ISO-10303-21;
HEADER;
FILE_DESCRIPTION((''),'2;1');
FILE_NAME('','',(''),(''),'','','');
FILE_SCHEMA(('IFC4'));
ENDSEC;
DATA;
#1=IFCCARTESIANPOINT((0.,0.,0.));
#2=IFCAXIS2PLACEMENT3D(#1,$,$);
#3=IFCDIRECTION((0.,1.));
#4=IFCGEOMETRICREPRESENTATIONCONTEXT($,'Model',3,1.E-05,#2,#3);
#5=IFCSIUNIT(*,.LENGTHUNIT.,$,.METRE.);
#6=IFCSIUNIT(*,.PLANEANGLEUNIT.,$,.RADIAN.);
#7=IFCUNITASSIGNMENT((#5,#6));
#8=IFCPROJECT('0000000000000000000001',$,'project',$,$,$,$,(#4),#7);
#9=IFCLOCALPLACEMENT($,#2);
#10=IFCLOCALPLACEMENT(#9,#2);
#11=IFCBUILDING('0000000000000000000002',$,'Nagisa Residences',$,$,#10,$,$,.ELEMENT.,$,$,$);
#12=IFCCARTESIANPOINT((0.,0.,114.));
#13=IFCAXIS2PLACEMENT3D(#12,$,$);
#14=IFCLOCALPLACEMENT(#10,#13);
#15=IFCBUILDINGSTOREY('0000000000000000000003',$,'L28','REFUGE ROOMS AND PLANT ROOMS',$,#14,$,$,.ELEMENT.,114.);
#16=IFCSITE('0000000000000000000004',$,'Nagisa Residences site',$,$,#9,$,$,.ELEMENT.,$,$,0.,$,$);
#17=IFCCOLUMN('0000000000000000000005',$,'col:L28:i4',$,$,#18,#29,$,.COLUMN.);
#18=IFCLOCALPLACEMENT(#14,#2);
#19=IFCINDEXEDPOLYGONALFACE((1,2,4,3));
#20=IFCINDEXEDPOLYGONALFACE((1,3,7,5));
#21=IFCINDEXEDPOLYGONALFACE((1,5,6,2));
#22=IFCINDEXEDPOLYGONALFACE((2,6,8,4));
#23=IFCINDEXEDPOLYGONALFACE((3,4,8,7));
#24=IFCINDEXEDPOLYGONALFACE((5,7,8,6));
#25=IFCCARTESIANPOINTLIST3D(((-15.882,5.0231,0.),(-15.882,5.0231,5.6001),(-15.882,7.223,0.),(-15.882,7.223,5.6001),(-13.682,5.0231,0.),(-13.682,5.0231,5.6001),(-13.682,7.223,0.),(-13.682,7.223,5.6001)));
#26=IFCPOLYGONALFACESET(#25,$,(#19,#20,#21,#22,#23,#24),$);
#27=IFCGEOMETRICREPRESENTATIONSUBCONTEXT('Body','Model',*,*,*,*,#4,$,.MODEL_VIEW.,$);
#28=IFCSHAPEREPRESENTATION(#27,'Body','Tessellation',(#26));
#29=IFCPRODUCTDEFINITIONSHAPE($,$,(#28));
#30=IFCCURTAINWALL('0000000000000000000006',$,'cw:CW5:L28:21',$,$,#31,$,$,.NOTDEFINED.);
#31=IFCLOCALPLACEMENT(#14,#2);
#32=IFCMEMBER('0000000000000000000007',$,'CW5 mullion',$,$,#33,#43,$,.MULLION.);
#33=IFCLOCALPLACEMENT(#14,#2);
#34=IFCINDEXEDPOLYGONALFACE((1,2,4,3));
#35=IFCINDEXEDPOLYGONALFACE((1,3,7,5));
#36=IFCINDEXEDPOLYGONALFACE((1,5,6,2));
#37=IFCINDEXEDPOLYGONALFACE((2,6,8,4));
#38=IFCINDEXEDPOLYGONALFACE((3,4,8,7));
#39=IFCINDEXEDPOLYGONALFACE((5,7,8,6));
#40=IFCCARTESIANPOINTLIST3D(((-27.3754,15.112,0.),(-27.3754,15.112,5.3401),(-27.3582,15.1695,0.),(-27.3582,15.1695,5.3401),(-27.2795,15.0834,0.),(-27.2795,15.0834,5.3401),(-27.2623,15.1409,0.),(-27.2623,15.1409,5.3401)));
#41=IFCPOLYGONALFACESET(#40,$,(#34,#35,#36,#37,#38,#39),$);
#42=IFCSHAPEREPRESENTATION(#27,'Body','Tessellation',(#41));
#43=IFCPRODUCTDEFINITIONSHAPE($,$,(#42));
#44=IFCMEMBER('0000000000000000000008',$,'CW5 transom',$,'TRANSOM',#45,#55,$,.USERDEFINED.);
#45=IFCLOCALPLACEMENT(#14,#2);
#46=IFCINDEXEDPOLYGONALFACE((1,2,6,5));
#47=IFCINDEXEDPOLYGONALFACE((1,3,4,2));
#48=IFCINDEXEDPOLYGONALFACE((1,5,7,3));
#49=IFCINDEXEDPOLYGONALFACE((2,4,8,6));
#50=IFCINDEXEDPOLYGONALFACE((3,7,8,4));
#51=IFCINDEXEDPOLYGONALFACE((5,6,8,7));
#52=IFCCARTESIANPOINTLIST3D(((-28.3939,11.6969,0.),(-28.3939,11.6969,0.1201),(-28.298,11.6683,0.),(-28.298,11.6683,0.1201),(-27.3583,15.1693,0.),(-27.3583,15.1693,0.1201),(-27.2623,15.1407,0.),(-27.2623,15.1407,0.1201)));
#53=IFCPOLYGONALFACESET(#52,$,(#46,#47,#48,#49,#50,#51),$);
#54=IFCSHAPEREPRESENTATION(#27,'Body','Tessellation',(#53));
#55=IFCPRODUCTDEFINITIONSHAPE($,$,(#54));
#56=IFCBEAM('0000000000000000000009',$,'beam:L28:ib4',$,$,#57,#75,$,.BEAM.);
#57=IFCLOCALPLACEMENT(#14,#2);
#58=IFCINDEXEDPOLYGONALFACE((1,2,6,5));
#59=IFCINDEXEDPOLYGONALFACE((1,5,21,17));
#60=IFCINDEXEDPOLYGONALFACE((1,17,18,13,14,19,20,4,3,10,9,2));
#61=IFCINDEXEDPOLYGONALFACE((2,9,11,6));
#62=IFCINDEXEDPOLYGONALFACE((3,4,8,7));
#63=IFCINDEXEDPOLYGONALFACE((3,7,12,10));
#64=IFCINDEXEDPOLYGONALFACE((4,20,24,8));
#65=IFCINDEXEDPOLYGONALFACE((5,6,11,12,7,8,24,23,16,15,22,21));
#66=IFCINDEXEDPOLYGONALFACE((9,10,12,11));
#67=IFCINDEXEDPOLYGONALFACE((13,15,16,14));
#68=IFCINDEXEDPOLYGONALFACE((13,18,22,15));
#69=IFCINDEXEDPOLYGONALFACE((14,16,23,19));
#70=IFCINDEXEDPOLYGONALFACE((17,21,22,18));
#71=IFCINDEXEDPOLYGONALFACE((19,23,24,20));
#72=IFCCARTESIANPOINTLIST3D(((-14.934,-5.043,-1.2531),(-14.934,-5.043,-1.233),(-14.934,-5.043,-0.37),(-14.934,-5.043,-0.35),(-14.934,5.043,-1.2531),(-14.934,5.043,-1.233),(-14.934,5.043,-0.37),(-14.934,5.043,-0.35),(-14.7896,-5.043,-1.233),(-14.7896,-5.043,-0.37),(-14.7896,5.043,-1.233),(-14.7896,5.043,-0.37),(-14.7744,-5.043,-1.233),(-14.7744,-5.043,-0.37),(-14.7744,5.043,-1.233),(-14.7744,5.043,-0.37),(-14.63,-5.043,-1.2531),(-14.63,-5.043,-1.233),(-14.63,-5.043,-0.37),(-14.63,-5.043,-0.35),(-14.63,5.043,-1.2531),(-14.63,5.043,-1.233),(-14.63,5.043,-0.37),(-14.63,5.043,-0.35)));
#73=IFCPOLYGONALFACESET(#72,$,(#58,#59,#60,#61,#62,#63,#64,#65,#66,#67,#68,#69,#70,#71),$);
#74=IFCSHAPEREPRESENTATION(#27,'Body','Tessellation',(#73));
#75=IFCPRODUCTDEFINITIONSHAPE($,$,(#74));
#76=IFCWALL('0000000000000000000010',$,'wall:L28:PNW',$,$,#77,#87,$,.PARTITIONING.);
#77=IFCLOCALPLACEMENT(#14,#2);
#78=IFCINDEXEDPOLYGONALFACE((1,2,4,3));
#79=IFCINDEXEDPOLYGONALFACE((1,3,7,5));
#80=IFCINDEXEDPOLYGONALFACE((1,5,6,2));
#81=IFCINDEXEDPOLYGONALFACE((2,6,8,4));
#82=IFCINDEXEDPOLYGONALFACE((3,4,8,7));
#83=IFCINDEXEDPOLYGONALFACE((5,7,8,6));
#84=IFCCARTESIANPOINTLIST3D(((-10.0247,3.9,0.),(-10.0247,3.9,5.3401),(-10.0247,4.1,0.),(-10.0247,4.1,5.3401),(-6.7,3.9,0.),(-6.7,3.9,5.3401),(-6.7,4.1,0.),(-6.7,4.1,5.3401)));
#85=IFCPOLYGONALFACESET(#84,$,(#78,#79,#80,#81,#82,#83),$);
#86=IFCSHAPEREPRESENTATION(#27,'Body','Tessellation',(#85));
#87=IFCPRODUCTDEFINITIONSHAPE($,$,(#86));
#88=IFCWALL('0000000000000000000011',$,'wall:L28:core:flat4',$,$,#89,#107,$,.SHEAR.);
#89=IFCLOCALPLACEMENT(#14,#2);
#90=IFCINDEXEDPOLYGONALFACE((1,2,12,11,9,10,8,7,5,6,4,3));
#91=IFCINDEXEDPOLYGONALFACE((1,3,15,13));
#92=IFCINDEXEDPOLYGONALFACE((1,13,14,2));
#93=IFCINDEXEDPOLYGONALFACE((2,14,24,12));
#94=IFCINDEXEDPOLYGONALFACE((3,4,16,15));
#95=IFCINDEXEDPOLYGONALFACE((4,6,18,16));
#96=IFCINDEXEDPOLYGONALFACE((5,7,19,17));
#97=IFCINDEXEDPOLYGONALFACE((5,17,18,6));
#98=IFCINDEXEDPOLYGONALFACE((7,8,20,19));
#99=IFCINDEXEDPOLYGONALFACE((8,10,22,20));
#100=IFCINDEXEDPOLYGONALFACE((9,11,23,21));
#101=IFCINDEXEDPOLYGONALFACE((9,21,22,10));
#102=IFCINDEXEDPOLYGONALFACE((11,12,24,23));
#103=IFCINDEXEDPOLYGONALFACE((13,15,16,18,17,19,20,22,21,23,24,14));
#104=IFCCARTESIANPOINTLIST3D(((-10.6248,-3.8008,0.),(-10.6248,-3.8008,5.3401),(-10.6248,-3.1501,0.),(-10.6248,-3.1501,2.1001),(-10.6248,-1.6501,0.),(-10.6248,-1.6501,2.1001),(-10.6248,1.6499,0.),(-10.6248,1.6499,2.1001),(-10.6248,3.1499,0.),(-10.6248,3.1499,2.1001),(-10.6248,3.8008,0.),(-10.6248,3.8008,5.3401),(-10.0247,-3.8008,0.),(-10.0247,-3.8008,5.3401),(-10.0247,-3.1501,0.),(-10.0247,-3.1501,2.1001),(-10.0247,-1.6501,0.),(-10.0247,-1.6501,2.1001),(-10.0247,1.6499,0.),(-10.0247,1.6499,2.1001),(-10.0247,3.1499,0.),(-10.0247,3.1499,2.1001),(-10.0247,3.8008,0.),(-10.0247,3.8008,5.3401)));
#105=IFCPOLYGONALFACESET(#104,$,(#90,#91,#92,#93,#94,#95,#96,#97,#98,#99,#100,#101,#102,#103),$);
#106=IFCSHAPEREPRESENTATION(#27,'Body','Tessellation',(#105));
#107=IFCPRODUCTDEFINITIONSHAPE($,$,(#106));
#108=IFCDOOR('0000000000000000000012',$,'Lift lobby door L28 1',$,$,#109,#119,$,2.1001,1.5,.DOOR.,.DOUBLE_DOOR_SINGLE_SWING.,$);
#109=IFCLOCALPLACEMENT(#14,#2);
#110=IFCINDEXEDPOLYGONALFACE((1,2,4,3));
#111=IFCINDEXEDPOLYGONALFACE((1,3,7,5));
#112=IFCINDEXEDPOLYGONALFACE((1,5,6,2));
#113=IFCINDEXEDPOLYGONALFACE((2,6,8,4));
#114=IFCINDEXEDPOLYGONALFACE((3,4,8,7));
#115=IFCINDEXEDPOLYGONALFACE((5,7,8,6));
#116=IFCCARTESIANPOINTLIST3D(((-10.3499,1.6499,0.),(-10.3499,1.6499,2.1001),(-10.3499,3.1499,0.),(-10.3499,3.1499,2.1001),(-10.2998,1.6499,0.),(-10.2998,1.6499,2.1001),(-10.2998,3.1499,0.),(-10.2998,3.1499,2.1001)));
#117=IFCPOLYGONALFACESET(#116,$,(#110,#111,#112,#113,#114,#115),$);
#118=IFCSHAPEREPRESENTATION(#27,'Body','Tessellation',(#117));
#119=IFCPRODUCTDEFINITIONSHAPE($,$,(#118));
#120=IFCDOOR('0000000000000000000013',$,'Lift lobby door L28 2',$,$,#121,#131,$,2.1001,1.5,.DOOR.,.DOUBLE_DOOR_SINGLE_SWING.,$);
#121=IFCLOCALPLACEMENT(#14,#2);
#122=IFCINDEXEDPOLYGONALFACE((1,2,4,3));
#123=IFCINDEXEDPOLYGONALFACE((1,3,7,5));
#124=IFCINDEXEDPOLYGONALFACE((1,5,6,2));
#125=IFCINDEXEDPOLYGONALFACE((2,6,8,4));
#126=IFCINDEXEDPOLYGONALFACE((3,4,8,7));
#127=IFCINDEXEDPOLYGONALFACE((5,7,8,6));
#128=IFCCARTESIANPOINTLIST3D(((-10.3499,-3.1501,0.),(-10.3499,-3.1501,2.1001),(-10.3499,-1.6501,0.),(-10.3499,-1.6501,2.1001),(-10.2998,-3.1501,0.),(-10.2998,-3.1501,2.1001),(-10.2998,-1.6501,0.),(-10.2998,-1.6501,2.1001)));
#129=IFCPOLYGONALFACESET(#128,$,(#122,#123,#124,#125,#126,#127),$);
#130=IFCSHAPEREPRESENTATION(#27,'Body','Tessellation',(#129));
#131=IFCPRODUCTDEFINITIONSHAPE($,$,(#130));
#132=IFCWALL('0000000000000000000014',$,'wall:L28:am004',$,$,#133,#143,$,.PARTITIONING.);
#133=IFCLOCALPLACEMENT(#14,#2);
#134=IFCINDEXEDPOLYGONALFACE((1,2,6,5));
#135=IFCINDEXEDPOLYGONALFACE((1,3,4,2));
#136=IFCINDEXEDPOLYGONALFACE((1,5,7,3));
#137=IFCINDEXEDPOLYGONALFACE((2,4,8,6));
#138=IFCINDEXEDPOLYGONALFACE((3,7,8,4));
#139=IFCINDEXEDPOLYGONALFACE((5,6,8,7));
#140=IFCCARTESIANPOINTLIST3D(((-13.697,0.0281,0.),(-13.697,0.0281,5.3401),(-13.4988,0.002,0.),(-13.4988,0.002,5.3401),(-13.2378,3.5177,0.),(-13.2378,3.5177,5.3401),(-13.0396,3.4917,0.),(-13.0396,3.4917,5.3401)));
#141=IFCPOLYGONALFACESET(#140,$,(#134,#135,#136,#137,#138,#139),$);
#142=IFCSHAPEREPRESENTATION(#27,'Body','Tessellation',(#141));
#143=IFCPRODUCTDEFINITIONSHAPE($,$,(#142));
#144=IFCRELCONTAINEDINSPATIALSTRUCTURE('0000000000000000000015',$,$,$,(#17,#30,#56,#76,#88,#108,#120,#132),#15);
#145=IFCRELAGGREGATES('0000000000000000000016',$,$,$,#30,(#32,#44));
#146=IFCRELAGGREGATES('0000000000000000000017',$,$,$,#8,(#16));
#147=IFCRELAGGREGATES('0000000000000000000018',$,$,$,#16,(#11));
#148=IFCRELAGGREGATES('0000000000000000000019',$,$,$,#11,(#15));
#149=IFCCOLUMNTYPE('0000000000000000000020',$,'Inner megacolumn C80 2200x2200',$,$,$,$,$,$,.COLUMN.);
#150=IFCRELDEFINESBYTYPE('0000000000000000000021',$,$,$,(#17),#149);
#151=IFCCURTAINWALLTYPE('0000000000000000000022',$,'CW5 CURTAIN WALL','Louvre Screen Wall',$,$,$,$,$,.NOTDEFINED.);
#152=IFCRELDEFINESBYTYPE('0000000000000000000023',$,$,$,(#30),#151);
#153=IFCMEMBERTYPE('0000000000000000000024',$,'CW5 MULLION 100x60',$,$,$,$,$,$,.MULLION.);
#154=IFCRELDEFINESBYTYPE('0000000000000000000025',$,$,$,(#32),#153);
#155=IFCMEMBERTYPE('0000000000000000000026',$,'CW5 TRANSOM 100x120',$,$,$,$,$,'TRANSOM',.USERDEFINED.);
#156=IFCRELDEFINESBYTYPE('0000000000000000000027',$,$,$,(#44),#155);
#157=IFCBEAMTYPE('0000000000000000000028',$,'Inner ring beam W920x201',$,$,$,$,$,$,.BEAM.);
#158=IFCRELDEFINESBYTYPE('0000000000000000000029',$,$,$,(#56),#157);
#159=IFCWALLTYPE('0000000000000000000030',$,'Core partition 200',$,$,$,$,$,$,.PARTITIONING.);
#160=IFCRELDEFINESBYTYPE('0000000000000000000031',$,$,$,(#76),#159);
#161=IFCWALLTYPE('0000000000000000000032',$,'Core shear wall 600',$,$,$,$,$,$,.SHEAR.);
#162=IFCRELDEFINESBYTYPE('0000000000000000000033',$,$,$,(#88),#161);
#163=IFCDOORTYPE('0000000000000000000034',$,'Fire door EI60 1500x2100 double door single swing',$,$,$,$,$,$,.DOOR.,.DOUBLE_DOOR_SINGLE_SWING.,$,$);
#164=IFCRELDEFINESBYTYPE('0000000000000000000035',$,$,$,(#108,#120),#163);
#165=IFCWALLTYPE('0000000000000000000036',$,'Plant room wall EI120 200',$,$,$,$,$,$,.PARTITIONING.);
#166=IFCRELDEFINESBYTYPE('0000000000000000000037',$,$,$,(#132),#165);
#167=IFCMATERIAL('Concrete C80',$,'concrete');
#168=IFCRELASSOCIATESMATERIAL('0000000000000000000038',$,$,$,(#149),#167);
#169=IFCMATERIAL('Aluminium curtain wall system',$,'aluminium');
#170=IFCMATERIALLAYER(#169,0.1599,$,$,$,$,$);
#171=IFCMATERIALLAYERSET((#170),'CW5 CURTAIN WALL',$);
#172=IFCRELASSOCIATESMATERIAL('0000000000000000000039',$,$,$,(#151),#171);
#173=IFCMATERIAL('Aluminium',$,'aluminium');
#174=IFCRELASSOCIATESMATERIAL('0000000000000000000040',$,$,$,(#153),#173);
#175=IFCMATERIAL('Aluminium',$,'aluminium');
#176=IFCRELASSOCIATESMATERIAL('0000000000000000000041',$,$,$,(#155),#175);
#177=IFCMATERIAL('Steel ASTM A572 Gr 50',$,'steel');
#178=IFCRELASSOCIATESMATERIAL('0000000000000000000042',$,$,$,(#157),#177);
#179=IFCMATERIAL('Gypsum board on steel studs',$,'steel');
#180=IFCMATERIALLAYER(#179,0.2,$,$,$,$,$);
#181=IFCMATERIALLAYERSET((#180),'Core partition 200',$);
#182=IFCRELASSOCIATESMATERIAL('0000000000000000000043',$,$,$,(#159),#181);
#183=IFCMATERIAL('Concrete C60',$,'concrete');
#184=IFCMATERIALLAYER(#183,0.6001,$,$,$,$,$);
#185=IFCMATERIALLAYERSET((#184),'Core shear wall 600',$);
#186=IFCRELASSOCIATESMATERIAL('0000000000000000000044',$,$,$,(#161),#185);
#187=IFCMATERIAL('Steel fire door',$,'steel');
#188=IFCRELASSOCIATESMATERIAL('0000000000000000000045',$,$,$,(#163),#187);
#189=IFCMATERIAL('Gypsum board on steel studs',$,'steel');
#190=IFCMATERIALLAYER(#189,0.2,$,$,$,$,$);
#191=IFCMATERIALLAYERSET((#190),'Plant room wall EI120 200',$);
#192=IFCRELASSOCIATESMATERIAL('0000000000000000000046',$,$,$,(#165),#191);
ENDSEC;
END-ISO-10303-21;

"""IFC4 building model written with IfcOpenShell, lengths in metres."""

from ifc_helpers import new_model, si_unit, direction, frame, frame_2d, origin, origin_2d, place, context, subcontext, project, spatial, rectangle, i_section, extrude, material, layer, layer_set, material_profile, profile_set, type_object, element, fill, aggregate, save


model = new_model("IFC4")

# Units and contexts
model_context = context("Model", 3, precision=1e-05, world=origin(), true_north=direction((0.0, 1.0)))
body_context = subcontext(model_context, "Body", "Model", "MODEL_VIEW")
ifc_project = project(units=[si_unit("LENGTHUNIT", "METRE"), si_unit("PLANEANGLEUNIT", "RADIAN")], contexts=[model_context])

# Site, building, storey
site_placement = place(None, origin())
site = spatial("IfcSite", under=ifc_project, at=site_placement, Name="Nagisa Residences site", CompositionType="ELEMENT", RefElevation=0.0)
building_placement = place(site_placement, origin())
building = spatial("IfcBuilding", under=site, at=building_placement, Name="Nagisa Residences", CompositionType="ELEMENT")
storey_placement = place(building_placement, frame((0.0, 0.0, 114.0)))
storey = spatial("IfcBuildingStorey", under=building, at=storey_placement, Name="L28", Description="REFUGE ROOMS AND PLANT ROOMS", CompositionType="ELEMENT", Elevation=114.0)

# Column
ifc_material_1 = material(Name="Concrete C80", Category="concrete")
ifc_material_profile_1 = material_profile(ifc_material_1, rectangle(XDim=2.2, YDim=2.2, at=origin_2d()), Name="C80 2200x2200")
ifc_profile_set_1 = profile_set([ifc_material_profile_1], Name="Concrete C80")
column_type = type_object("IfcColumnType", Name="Inner megacolumn C80 2200x2200", PredefinedType="COLUMN", material=ifc_profile_set_1)
column_placement = place(storey_placement, frame((-14.782, 6.123, 0.0), z_axis=(0.0, 0.0, 1.0), x_axis=(1.0, 0.0, 0.0)))
element("IfcColumn", 1, at=column_placement, inside=storey, type_object=column_type, Name="col:L28:i4", PredefinedType="COLUMN", context=body_context, shape_type="SweptSolid", body=[
    extrude(rectangle(XDim=2.2, YDim=2.2, at=origin_2d()), origin(), (0.0, 0.0, 1.0), 5.6001),
])

# Curtain wall, members
ifc_material_2 = material(Name="Aluminium curtain wall system", Category="aluminium")
ifc_layer_1 = layer(ifc_material_2, 0.1599)
ifc_layer_set_1 = layer_set([ifc_layer_1], Name="CW5 CURTAIN WALL")
curtain_wall_type = type_object("IfcCurtainWallType", Name="CW5 CURTAIN WALL", Description="Louvre Screen Wall", PredefinedType="NOTDEFINED", material=ifc_layer_set_1)
curtain_wall_placement = place(storey_placement, origin())
curtain_wall = element("IfcCurtainWall", 2, at=curtain_wall_placement, inside=storey, type_object=curtain_wall_type, Name="cw:CW5:L28:21", PredefinedType="NOTDEFINED")
ifc_material_3 = material(Name="Aluminium", Category="aluminium")
ifc_material_profile_2 = material_profile(ifc_material_3, rectangle(XDim=0.1001, YDim=0.0601, at=origin_2d()), Name="CW5 MULLION 100x60")
ifc_profile_set_2 = profile_set([ifc_material_profile_2], Name="Aluminium")
member_type_1 = type_object("IfcMemberType", Name="CW5 MULLION 100x60", PredefinedType="MULLION", material=ifc_profile_set_2)
member_1_placement = place(storey_placement, frame((-27.3188, 15.1265, 0.0), z_axis=(0.0, 0.0, 1.0), x_axis=(0.958271, -0.28586, 0.0)))
member_1 = element("IfcMember", 3, at=member_1_placement, type_object=member_type_1, Name="CW5 mullion", PredefinedType="MULLION", context=body_context, shape_type="SweptSolid", body=[
    extrude(rectangle(XDim=0.1001, YDim=0.0601, at=origin_2d()), origin(), (0.0, 0.0, 1.0), 5.3401),
])
ifc_material_4 = material(Name="Aluminium", Category="aluminium")
ifc_material_profile_3 = material_profile(ifc_material_4, rectangle(XDim=0.1001, YDim=0.1201, at=origin_2d()), Name="CW5 TRANSOM 100x120")
ifc_profile_set_3 = profile_set([ifc_material_profile_3], Name="Aluminium")
member_type_2 = type_object("IfcMemberType", Name="CW5 TRANSOM 100x120", ElementType="TRANSOM", PredefinedType="USERDEFINED", material=ifc_profile_set_3)
member_2_placement = place(storey_placement, frame((-27.3103, 15.155, 0.0601), z_axis=(-0.285808, -0.958287, 0.0), x_axis=(0.958287, -0.285808, 0.0)))
member_2 = element("IfcMember", 4, at=member_2_placement, type_object=member_type_2, Name="CW5 transom", ObjectType="TRANSOM", PredefinedType="USERDEFINED", context=body_context, shape_type="SweptSolid", body=[
    extrude(rectangle(XDim=0.1001, YDim=0.1201, at=origin_2d()), origin(), (0.0, 0.0, 1.0), 3.6235),
])
aggregate(curtain_wall, [member_1, member_2])

# Beam
ifc_material_5 = material(Name="Steel ASTM A572 Gr 50", Category="steel")
ifc_material_profile_4 = material_profile(ifc_material_5, i_section(OverallWidth=0.304, OverallDepth=0.9031, WebThickness=0.0151, FlangeThickness=0.02, at=origin_2d()), Name="W920x201")
ifc_profile_set_4 = profile_set([ifc_material_profile_4], Name="Steel ASTM A572 Gr 50")
beam_type = type_object("IfcBeamType", Name="Inner ring beam W920x201", PredefinedType="BEAM", material=ifc_profile_set_4)
beam_placement = place(storey_placement, frame((-14.782, 5.043, -0.8015), z_axis=(0.0, -1.0, 0.0), x_axis=(1.0, 0.0, 0.0)))
element("IfcBeam", 5, at=beam_placement, inside=storey, type_object=beam_type, Name="beam:L28:ib4", PredefinedType="BEAM", context=body_context, shape_type="SweptSolid", body=[
    extrude(i_section(OverallWidth=0.304, OverallDepth=0.9031, WebThickness=0.0151, FlangeThickness=0.02, at=origin_2d()), origin(), (0.0, 0.0, 1.0), 10.0859),
])

# Wall
ifc_material_6 = material(Name="Gypsum board on steel studs", Category="steel")
ifc_layer_2 = layer(ifc_material_6, 0.2)
ifc_layer_set_2 = layer_set([ifc_layer_2], Name="Core partition 200")
wall_type_1 = type_object("IfcWallType", Name="Core partition 200", PredefinedType="PARTITIONING", material=ifc_layer_set_2)
wall_1_placement = place(storey_placement, frame((-10.0247, 4.0, 0.0), z_axis=(0.0, 0.0, 1.0), x_axis=(1.0, 0.0, 0.0)))
element("IfcWall", 6, at=wall_1_placement, inside=storey, type_object=wall_type_1, Name="wall:L28:PNW", PredefinedType="PARTITIONING", context=body_context, shape_type="SweptSolid", body=[
    extrude(rectangle(XDim=3.3247, YDim=0.2, at=frame_2d((1.6624, 0.0))), origin(), (0.0, 0.0, 1.0), 5.3401),
])

# Wall, openings, doors
ifc_material_7 = material(Name="Concrete C60", Category="concrete")
ifc_layer_3 = layer(ifc_material_7, 0.6001)
ifc_layer_set_3 = layer_set([ifc_layer_3], Name="Core shear wall 600")
wall_type_2 = type_object("IfcWallType", Name="Core shear wall 600", PredefinedType="SHEAR", material=ifc_layer_set_3)
wall_2_placement = place(storey_placement, frame((-10.3247, 3.8008, 0.0), z_axis=(0.0, 0.0, 1.0), x_axis=(0.0, -1.0, 0.0)))
wall_2 = element("IfcWall", 7, at=wall_2_placement, inside=storey, type_object=wall_type_2, Name="wall:L28:core:flat4", PredefinedType="SHEAR", context=body_context, shape_type="SweptSolid", body=[
    extrude(rectangle(XDim=7.6016, YDim=0.6001, at=frame_2d((3.8008, 0.0))), origin(), (0.0, 0.0, 1.0), 5.3401),
])
opening_1_placement = place(wall_2_placement, frame((0.6509, 0.0, 0.0)))
opening_1 = element("IfcOpeningElement", 8, at=opening_1_placement, cuts=wall_2, PredefinedType="OPENING", context=body_context, shape_type="SweptSolid", body=[
    extrude(rectangle(XDim=1.5, YDim=2.1001, at=frame_2d((0.75, 1.05))), frame((0.0, 0.3101, 0.0), z_axis=(0.0, -1.0, 0.0), x_axis=(1.0, 0.0, 0.0)), (0.0, 0.0, 1.0), 0.6201),
])
opening_2_placement = place(wall_2_placement, frame((5.4509, 0.0, 0.0)))
opening_2 = element("IfcOpeningElement", 9, at=opening_2_placement, cuts=wall_2, PredefinedType="OPENING", context=body_context, shape_type="SweptSolid", body=[
    extrude(rectangle(XDim=1.5, YDim=2.1001, at=frame_2d((0.75, 1.05))), frame((0.0, 0.3101, 0.0), z_axis=(0.0, -1.0, 0.0), x_axis=(1.0, 0.0, 0.0)), (0.0, 0.0, 1.0), 0.6201),
])
ifc_material_8 = material(Name="Steel fire door", Category="steel")
door_type_1 = type_object("IfcDoorType", Name="Fire door EI60 1500x2100 double door single swing", OperationType="DOUBLE_DOOR_SINGLE_SWING", PredefinedType="DOOR", material=ifc_material_8)
door_1_placement = place(opening_1_placement, origin())
door_1 = element("IfcDoor", 10, at=door_1_placement, inside=storey, type_object=door_type_1, Name="Lift lobby door L28 1", OperationType="DOUBLE_DOOR_SINGLE_SWING", OverallHeight=2.1001, OverallWidth=1.5, PredefinedType="DOOR", context=body_context, shape_type="SweptSolid", body=[
    extrude(rectangle(XDim=1.5, YDim=2.1001, at=frame_2d((0.75, 1.05))), frame((0.0, 0.0249, 0.0), z_axis=(0.0, -1.0, 0.0), x_axis=(1.0, 0.0, 0.0)), (0.0, 0.0, 1.0), 0.05),
])
fill(opening_1, door_1)
door_2_placement = place(opening_2_placement, origin())
door_2 = element("IfcDoor", 11, at=door_2_placement, inside=storey, type_object=door_type_1, Name="Lift lobby door L28 2", OperationType="DOUBLE_DOOR_SINGLE_SWING", OverallHeight=2.1001, OverallWidth=1.5, PredefinedType="DOOR", context=body_context, shape_type="SweptSolid", body=[
    extrude(rectangle(XDim=1.5, YDim=2.1001, at=frame_2d((0.75, 1.05))), frame((0.0, 0.0249, 0.0), z_axis=(0.0, -1.0, 0.0), x_axis=(1.0, 0.0, 0.0)), (0.0, 0.0, 1.0), 0.05),
])
fill(opening_2, door_2)

# Wall
ifc_material_9 = material(Name="Gypsum board on steel studs", Category="steel")
ifc_layer_4 = layer(ifc_material_9, 0.2)
ifc_layer_set_4 = layer_set([ifc_layer_4], Name="Plant room wall EI120 200")
wall_type_3 = type_object("IfcWallType", Name="Plant room wall EI120 200", PredefinedType="PARTITIONING", material=ifc_layer_set_4)
wall_3_placement = place(storey_placement, frame((-13.5979, 0.0151, 0.0), z_axis=(0.0, 0.0, 1.0), x_axis=(0.130469, 0.991452, 0.0)))
element("IfcWall", 12, at=wall_3_placement, inside=storey, type_object=wall_type_3, Name="wall:L28:am004", PredefinedType="PARTITIONING", context=body_context, shape_type="SweptSolid", body=[
    extrude(rectangle(XDim=3.5198, YDim=0.2, at=frame_2d((1.7598, 0.0))), origin(), (0.0, 0.0, 1.0), 5.3401),
])

save(model, "model.ifc")
